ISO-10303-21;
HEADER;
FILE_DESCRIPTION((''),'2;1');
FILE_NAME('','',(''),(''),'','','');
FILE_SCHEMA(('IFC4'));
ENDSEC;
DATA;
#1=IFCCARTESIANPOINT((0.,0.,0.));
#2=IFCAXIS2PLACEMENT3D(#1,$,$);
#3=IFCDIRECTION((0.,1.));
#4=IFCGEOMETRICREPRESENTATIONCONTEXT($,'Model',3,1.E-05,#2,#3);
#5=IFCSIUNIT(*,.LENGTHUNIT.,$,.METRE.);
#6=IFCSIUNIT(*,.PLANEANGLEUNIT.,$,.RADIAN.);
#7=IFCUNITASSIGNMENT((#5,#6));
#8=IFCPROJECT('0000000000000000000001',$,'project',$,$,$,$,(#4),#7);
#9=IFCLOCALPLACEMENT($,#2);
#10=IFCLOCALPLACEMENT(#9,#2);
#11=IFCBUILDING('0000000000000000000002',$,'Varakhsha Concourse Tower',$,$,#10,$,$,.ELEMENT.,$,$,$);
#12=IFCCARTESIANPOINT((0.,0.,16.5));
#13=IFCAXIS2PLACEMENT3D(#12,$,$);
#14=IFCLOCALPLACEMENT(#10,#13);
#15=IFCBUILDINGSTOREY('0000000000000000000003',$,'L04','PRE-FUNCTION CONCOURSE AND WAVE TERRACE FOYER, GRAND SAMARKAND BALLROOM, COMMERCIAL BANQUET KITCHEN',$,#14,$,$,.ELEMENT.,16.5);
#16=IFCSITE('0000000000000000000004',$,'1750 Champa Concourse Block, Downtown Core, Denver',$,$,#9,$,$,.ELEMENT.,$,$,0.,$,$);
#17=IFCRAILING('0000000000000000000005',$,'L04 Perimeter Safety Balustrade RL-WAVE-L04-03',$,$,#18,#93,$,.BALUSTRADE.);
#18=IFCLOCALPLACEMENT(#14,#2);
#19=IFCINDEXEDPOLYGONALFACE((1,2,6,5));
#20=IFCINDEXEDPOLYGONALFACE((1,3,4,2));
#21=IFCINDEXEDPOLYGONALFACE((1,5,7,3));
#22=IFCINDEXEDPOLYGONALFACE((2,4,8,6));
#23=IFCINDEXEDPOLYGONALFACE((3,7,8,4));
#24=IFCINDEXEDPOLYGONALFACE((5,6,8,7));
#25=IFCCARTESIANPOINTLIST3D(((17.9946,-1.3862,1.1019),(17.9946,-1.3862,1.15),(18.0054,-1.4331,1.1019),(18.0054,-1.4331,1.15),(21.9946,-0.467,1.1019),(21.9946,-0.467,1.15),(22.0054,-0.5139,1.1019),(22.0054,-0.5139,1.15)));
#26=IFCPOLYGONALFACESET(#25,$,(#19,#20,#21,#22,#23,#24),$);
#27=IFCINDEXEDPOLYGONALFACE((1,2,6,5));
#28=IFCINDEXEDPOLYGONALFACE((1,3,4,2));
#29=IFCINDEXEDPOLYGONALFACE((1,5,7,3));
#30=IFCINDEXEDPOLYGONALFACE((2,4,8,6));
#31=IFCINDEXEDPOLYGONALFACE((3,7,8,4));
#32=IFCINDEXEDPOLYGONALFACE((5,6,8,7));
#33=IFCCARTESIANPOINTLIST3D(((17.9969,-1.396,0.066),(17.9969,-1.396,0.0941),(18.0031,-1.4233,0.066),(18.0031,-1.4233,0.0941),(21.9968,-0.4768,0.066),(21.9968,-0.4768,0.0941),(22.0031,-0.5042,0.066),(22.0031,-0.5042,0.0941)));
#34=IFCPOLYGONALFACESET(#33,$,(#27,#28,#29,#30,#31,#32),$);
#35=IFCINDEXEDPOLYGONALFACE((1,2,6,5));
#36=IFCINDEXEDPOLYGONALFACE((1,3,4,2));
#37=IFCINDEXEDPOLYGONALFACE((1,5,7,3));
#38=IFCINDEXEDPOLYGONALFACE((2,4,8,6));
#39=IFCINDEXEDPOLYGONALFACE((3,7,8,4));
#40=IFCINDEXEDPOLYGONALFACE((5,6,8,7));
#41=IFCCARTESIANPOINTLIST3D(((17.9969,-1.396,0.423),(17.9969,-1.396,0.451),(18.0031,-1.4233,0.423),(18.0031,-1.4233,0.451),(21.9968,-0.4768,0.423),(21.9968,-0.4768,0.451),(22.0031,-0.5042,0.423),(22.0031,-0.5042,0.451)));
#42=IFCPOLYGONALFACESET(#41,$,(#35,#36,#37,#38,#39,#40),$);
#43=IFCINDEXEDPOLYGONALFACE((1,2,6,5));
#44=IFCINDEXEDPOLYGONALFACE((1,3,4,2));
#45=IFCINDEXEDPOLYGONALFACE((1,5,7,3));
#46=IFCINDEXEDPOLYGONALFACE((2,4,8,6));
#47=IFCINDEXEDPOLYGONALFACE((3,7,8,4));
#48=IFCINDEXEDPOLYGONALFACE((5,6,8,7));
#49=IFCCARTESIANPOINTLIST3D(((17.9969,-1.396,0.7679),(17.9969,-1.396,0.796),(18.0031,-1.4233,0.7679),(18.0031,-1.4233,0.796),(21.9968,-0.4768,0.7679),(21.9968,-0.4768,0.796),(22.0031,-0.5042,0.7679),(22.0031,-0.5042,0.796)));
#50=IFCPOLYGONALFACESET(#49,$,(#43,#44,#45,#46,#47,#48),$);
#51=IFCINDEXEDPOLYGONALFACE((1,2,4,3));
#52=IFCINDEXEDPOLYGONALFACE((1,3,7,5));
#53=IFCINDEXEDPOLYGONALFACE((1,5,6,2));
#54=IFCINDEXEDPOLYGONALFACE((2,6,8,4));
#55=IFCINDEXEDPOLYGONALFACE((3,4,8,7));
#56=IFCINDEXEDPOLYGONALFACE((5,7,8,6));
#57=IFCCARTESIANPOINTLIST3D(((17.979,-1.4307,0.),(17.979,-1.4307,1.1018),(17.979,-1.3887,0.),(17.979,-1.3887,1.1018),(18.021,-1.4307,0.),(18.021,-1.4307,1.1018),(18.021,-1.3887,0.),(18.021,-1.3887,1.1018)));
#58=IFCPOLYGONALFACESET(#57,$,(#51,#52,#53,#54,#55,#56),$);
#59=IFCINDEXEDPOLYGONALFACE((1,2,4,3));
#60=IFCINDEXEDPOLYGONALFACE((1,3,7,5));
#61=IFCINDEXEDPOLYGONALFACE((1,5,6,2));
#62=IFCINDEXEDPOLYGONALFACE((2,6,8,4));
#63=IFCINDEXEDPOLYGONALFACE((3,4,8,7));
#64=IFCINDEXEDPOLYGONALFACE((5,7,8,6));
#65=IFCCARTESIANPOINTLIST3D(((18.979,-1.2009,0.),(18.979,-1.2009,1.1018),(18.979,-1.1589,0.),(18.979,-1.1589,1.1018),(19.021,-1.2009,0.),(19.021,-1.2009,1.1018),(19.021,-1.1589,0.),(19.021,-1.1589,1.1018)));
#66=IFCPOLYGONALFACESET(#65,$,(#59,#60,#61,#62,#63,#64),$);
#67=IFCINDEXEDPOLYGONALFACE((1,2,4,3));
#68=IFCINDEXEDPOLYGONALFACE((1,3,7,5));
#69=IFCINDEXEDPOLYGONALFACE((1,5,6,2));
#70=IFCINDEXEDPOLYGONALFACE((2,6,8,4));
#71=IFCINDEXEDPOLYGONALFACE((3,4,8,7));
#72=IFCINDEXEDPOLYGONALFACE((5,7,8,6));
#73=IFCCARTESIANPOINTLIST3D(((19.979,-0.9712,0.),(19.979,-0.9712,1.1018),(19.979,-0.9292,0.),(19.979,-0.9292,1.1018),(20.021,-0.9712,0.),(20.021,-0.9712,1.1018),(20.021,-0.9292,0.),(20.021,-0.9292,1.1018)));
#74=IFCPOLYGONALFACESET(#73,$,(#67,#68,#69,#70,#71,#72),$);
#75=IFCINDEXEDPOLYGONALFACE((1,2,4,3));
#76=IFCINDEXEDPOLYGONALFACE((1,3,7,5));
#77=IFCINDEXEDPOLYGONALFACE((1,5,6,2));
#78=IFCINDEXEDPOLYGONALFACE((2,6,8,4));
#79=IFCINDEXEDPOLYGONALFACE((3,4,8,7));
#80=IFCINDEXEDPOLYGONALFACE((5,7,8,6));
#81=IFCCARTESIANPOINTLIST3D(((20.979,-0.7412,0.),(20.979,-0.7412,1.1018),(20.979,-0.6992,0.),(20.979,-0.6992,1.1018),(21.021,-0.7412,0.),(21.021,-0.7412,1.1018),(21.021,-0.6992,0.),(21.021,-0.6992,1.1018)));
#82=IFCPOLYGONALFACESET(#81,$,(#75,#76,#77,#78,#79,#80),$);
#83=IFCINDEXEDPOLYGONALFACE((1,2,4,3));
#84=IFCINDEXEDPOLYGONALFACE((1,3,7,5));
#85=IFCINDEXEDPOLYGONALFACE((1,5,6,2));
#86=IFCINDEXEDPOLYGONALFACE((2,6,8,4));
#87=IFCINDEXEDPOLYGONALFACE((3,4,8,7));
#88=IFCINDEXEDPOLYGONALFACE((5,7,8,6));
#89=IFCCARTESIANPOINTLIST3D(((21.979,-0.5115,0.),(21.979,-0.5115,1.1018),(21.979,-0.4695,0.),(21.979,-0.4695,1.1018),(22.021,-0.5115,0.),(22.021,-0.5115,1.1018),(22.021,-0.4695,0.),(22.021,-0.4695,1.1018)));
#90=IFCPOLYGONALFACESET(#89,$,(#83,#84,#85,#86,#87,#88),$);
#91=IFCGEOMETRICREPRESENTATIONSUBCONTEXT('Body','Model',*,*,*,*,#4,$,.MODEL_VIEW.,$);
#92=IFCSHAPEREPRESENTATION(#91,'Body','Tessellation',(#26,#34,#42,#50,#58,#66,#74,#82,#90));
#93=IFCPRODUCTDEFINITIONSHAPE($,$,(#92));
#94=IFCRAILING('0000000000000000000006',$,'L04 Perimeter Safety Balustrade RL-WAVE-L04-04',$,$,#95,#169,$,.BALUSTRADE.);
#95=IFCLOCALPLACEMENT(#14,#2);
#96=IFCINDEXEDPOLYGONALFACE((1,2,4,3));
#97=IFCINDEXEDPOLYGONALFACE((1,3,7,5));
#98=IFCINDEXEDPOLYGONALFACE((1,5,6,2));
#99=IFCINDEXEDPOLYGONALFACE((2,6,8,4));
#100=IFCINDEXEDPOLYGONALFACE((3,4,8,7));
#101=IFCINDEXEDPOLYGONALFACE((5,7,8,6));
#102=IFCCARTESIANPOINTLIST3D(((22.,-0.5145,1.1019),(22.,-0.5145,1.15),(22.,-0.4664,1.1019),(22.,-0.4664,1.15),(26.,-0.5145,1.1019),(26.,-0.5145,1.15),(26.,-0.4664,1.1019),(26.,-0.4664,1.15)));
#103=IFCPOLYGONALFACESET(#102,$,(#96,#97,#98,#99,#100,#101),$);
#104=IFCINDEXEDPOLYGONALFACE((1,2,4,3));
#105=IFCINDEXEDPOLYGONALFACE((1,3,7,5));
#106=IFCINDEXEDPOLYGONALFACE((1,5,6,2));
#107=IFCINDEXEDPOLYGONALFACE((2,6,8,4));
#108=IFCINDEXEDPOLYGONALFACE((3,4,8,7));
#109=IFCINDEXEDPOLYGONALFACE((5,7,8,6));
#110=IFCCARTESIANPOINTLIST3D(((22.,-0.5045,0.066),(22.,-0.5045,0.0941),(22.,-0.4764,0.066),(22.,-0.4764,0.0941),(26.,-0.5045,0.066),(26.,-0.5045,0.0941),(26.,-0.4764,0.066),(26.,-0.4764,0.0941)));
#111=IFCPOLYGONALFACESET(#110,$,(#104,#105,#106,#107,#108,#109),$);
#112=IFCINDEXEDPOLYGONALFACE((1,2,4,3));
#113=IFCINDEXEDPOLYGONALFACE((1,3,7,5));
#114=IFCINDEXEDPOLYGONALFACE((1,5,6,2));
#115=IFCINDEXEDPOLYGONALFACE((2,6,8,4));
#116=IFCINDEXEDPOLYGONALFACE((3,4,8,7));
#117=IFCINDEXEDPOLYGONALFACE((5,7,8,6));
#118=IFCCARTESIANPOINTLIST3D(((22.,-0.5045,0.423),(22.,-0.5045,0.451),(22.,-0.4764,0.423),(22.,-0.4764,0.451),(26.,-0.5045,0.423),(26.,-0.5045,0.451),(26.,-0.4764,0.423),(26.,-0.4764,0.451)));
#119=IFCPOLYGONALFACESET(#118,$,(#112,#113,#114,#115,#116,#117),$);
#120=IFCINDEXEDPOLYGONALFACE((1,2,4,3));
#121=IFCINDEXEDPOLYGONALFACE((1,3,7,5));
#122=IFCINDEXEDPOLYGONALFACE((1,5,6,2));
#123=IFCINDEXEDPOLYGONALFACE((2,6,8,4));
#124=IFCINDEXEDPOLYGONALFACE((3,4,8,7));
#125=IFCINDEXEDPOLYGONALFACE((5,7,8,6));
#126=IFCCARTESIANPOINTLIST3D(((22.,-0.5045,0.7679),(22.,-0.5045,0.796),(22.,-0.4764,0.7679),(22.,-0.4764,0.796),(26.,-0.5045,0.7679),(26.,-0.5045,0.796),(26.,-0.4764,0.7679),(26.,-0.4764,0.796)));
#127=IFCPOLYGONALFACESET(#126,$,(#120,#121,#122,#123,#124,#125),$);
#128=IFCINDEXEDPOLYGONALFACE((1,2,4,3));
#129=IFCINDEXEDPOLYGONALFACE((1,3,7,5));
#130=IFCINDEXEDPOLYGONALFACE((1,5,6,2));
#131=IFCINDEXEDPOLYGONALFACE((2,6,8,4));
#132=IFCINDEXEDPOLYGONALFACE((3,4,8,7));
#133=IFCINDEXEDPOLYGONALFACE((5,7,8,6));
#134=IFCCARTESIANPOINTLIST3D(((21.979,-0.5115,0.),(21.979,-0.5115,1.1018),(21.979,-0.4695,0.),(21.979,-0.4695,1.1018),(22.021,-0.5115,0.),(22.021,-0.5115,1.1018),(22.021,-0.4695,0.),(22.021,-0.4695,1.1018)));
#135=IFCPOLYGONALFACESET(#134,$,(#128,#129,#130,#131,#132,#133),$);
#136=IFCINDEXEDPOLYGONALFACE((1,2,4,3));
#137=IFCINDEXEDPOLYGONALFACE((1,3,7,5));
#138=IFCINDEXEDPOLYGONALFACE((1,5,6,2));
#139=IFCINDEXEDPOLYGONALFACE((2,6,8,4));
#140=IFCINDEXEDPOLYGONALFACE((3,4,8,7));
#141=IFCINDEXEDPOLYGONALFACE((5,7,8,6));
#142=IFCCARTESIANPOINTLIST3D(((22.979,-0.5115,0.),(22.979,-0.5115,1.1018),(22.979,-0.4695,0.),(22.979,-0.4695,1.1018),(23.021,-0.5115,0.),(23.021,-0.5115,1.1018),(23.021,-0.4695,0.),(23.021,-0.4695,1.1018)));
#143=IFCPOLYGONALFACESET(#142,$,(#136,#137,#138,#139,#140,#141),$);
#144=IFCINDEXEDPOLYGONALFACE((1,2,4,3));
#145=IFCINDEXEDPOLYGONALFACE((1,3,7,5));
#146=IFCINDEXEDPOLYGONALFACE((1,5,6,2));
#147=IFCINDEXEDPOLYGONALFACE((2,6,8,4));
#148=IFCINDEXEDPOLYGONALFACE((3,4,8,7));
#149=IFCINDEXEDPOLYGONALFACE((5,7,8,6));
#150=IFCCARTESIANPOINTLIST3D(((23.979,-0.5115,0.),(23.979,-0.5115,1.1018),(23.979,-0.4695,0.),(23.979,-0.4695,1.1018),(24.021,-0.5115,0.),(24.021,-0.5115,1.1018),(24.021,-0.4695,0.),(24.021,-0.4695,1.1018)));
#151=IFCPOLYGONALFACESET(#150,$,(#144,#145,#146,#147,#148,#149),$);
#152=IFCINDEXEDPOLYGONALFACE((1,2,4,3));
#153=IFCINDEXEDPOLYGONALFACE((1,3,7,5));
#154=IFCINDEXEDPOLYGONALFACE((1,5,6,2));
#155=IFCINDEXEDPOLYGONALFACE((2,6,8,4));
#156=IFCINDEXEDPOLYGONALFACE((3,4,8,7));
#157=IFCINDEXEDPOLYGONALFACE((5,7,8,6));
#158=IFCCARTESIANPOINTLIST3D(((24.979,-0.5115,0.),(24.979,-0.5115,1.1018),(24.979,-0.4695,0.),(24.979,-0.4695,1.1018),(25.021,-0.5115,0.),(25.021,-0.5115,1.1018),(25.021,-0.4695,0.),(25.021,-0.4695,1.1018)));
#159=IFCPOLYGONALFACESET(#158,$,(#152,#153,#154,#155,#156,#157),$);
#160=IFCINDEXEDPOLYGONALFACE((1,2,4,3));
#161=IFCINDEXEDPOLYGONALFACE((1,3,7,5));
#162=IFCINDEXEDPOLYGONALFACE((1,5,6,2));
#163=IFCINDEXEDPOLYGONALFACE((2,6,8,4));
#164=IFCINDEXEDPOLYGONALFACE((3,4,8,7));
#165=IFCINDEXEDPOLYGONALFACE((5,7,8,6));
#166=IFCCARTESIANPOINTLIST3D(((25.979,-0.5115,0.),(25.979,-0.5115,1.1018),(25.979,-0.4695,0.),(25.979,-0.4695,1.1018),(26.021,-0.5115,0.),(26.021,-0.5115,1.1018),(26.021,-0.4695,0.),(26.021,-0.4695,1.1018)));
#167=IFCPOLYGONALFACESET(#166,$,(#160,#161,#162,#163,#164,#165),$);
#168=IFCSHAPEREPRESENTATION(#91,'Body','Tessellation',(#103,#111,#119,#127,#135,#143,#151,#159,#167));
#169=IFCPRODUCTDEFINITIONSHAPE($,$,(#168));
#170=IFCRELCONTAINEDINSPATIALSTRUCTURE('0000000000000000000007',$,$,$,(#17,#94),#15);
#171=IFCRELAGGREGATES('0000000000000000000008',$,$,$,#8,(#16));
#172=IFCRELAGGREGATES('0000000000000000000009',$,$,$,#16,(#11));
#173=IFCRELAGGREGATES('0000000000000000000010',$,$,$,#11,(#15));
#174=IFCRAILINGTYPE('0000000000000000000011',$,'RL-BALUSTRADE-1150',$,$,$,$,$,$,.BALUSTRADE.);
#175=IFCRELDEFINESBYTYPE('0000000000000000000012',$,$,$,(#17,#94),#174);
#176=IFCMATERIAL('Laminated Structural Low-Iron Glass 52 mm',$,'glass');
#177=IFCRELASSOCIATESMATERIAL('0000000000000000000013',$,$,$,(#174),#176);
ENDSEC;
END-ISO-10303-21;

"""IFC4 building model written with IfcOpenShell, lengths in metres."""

from ifc_helpers import new_model, si_unit, direction, frame, origin, origin_2d, place, context, subcontext, project, spatial, rectangle, extrude, material, type_object, element, save


model = new_model("IFC4")

# Units and contexts
model_context = context("Model", 3, precision=1e-05, world=origin(), true_north=direction((0.0, 1.0)))
body_context = subcontext(model_context, "Body", "Model", "MODEL_VIEW")
ifc_project = project(units=[si_unit("LENGTHUNIT", "METRE"), si_unit("PLANEANGLEUNIT", "RADIAN")], contexts=[model_context])

# Site, building, storey
site_placement = place(None, origin())
site = spatial("IfcSite", under=ifc_project, at=site_placement, Name="1750 Champa Concourse Block, Downtown Core, Denver", CompositionType="ELEMENT", RefElevation=0.0)
building_placement = place(site_placement, origin())
building = spatial("IfcBuilding", under=site, at=building_placement, Name="Varakhsha Concourse Tower", CompositionType="ELEMENT")
storey_placement = place(building_placement, frame((0.0, 0.0, 16.5)))
storey = spatial("IfcBuildingStorey", under=building, at=storey_placement, Name="L04", Description="PRE-FUNCTION CONCOURSE AND WAVE TERRACE FOYER, GRAND SAMARKAND BALLROOM, COMMERCIAL BANQUET KITCHEN", CompositionType="ELEMENT", Elevation=16.5)

# Railings
ifc_material_1 = material(Name="Laminated Structural Low-Iron Glass 52 mm", Category="glass")
railing_type_1 = type_object("IfcRailingType", Name="RL-BALUSTRADE-1150", PredefinedType="BALUSTRADE", material=ifc_material_1)
railing_1_placement = place(storey_placement, frame((18.0, -1.4097, 0.0)))
element("IfcRailing", 1, at=railing_1_placement, inside=storey, type_object=railing_type_1, Name="L04 Perimeter Safety Balustrade RL-WAVE-L04-03", PredefinedType="BALUSTRADE", context=body_context, shape_type="SweptSolid", body=[
    extrude(rectangle(XDim=0.0481, YDim=0.0481, at=origin_2d()), frame((0.0, 0.0, 1.126), z_axis=(0.974598, 0.22396, 0.0), x_axis=(-0.22396, 0.974598, 0.0)), (0.0, 0.0, 1.0), 4.1042),
    extrude(rectangle(XDim=0.0281, YDim=0.0281, at=origin_2d()), frame((0.0, 0.0, 0.0801), z_axis=(0.974598, 0.22396, 0.0), x_axis=(-0.22396, 0.974598, 0.0)), (0.0, 0.0, 1.0), 4.1042),
    extrude(rectangle(XDim=0.0281, YDim=0.0281, at=origin_2d()), frame((0.0, 0.0, 0.437), z_axis=(0.974598, 0.22396, 0.0), x_axis=(-0.22396, 0.974598, 0.0)), (0.0, 0.0, 1.0), 4.1042),
    extrude(rectangle(XDim=0.0281, YDim=0.0281, at=origin_2d()), frame((0.0, 0.0, 0.782), z_axis=(0.974598, 0.22396, 0.0), x_axis=(-0.22396, 0.974598, 0.0)), (0.0, 0.0, 1.0), 4.1042),
    extrude(rectangle(XDim=0.042, YDim=0.042, at=origin_2d()), origin(), (0.0, 0.0, 1.0), 1.1018),
    extrude(rectangle(XDim=0.042, YDim=0.042, at=origin_2d()), frame((1.0, 0.2297, 0.0)), (0.0, 0.0, 1.0), 1.1018),
    extrude(rectangle(XDim=0.042, YDim=0.042, at=origin_2d()), frame((2.0, 0.4595, 0.0)), (0.0, 0.0, 1.0), 1.1018),
    extrude(rectangle(XDim=0.042, YDim=0.042, at=origin_2d()), frame((3.0, 0.6895, 0.0)), (0.0, 0.0, 1.0), 1.1018),
    extrude(rectangle(XDim=0.042, YDim=0.042, at=origin_2d()), frame((4.0, 0.9192, 0.0)), (0.0, 0.0, 1.0), 1.1018),
])
railing_2_placement = place(storey_placement, frame((22.0, -0.4905, 0.0)))
element("IfcRailing", 2, at=railing_2_placement, inside=storey, type_object=railing_type_1, Name="L04 Perimeter Safety Balustrade RL-WAVE-L04-04", PredefinedType="BALUSTRADE", context=body_context, shape_type="SweptSolid", body=[
    extrude(rectangle(XDim=0.0481, YDim=0.0481, at=origin_2d()), frame((0.0, 0.0, 1.126), z_axis=(1.0, 0.0, 0.0), x_axis=(0.0, 1.0, 0.0)), (0.0, 0.0, 1.0), 4.0),
    extrude(rectangle(XDim=0.0281, YDim=0.0281, at=origin_2d()), frame((0.0, 0.0, 0.0801), z_axis=(1.0, 0.0, 0.0), x_axis=(0.0, 1.0, 0.0)), (0.0, 0.0, 1.0), 4.0),
    extrude(rectangle(XDim=0.0281, YDim=0.0281, at=origin_2d()), frame((0.0, 0.0, 0.437), z_axis=(1.0, 0.0, 0.0), x_axis=(0.0, 1.0, 0.0)), (0.0, 0.0, 1.0), 4.0),
    extrude(rectangle(XDim=0.0281, YDim=0.0281, at=origin_2d()), frame((0.0, 0.0, 0.782), z_axis=(1.0, 0.0, 0.0), x_axis=(0.0, 1.0, 0.0)), (0.0, 0.0, 1.0), 4.0),
    extrude(rectangle(XDim=0.042, YDim=0.042, at=origin_2d()), origin(), (0.0, 0.0, 1.0), 1.1018),
    extrude(rectangle(XDim=0.042, YDim=0.042, at=origin_2d()), frame((1.0, 0.0, 0.0)), (0.0, 0.0, 1.0), 1.1018),
    extrude(rectangle(XDim=0.042, YDim=0.042, at=origin_2d()), frame((2.0, 0.0, 0.0)), (0.0, 0.0, 1.0), 1.1018),
    extrude(rectangle(XDim=0.042, YDim=0.042, at=origin_2d()), frame((3.0, 0.0, 0.0)), (0.0, 0.0, 1.0), 1.1018),
    extrude(rectangle(XDim=0.042, YDim=0.042, at=origin_2d()), frame((4.0, 0.0, 0.0)), (0.0, 0.0, 1.0), 1.1018),
])

save(model, "model.ifc")
